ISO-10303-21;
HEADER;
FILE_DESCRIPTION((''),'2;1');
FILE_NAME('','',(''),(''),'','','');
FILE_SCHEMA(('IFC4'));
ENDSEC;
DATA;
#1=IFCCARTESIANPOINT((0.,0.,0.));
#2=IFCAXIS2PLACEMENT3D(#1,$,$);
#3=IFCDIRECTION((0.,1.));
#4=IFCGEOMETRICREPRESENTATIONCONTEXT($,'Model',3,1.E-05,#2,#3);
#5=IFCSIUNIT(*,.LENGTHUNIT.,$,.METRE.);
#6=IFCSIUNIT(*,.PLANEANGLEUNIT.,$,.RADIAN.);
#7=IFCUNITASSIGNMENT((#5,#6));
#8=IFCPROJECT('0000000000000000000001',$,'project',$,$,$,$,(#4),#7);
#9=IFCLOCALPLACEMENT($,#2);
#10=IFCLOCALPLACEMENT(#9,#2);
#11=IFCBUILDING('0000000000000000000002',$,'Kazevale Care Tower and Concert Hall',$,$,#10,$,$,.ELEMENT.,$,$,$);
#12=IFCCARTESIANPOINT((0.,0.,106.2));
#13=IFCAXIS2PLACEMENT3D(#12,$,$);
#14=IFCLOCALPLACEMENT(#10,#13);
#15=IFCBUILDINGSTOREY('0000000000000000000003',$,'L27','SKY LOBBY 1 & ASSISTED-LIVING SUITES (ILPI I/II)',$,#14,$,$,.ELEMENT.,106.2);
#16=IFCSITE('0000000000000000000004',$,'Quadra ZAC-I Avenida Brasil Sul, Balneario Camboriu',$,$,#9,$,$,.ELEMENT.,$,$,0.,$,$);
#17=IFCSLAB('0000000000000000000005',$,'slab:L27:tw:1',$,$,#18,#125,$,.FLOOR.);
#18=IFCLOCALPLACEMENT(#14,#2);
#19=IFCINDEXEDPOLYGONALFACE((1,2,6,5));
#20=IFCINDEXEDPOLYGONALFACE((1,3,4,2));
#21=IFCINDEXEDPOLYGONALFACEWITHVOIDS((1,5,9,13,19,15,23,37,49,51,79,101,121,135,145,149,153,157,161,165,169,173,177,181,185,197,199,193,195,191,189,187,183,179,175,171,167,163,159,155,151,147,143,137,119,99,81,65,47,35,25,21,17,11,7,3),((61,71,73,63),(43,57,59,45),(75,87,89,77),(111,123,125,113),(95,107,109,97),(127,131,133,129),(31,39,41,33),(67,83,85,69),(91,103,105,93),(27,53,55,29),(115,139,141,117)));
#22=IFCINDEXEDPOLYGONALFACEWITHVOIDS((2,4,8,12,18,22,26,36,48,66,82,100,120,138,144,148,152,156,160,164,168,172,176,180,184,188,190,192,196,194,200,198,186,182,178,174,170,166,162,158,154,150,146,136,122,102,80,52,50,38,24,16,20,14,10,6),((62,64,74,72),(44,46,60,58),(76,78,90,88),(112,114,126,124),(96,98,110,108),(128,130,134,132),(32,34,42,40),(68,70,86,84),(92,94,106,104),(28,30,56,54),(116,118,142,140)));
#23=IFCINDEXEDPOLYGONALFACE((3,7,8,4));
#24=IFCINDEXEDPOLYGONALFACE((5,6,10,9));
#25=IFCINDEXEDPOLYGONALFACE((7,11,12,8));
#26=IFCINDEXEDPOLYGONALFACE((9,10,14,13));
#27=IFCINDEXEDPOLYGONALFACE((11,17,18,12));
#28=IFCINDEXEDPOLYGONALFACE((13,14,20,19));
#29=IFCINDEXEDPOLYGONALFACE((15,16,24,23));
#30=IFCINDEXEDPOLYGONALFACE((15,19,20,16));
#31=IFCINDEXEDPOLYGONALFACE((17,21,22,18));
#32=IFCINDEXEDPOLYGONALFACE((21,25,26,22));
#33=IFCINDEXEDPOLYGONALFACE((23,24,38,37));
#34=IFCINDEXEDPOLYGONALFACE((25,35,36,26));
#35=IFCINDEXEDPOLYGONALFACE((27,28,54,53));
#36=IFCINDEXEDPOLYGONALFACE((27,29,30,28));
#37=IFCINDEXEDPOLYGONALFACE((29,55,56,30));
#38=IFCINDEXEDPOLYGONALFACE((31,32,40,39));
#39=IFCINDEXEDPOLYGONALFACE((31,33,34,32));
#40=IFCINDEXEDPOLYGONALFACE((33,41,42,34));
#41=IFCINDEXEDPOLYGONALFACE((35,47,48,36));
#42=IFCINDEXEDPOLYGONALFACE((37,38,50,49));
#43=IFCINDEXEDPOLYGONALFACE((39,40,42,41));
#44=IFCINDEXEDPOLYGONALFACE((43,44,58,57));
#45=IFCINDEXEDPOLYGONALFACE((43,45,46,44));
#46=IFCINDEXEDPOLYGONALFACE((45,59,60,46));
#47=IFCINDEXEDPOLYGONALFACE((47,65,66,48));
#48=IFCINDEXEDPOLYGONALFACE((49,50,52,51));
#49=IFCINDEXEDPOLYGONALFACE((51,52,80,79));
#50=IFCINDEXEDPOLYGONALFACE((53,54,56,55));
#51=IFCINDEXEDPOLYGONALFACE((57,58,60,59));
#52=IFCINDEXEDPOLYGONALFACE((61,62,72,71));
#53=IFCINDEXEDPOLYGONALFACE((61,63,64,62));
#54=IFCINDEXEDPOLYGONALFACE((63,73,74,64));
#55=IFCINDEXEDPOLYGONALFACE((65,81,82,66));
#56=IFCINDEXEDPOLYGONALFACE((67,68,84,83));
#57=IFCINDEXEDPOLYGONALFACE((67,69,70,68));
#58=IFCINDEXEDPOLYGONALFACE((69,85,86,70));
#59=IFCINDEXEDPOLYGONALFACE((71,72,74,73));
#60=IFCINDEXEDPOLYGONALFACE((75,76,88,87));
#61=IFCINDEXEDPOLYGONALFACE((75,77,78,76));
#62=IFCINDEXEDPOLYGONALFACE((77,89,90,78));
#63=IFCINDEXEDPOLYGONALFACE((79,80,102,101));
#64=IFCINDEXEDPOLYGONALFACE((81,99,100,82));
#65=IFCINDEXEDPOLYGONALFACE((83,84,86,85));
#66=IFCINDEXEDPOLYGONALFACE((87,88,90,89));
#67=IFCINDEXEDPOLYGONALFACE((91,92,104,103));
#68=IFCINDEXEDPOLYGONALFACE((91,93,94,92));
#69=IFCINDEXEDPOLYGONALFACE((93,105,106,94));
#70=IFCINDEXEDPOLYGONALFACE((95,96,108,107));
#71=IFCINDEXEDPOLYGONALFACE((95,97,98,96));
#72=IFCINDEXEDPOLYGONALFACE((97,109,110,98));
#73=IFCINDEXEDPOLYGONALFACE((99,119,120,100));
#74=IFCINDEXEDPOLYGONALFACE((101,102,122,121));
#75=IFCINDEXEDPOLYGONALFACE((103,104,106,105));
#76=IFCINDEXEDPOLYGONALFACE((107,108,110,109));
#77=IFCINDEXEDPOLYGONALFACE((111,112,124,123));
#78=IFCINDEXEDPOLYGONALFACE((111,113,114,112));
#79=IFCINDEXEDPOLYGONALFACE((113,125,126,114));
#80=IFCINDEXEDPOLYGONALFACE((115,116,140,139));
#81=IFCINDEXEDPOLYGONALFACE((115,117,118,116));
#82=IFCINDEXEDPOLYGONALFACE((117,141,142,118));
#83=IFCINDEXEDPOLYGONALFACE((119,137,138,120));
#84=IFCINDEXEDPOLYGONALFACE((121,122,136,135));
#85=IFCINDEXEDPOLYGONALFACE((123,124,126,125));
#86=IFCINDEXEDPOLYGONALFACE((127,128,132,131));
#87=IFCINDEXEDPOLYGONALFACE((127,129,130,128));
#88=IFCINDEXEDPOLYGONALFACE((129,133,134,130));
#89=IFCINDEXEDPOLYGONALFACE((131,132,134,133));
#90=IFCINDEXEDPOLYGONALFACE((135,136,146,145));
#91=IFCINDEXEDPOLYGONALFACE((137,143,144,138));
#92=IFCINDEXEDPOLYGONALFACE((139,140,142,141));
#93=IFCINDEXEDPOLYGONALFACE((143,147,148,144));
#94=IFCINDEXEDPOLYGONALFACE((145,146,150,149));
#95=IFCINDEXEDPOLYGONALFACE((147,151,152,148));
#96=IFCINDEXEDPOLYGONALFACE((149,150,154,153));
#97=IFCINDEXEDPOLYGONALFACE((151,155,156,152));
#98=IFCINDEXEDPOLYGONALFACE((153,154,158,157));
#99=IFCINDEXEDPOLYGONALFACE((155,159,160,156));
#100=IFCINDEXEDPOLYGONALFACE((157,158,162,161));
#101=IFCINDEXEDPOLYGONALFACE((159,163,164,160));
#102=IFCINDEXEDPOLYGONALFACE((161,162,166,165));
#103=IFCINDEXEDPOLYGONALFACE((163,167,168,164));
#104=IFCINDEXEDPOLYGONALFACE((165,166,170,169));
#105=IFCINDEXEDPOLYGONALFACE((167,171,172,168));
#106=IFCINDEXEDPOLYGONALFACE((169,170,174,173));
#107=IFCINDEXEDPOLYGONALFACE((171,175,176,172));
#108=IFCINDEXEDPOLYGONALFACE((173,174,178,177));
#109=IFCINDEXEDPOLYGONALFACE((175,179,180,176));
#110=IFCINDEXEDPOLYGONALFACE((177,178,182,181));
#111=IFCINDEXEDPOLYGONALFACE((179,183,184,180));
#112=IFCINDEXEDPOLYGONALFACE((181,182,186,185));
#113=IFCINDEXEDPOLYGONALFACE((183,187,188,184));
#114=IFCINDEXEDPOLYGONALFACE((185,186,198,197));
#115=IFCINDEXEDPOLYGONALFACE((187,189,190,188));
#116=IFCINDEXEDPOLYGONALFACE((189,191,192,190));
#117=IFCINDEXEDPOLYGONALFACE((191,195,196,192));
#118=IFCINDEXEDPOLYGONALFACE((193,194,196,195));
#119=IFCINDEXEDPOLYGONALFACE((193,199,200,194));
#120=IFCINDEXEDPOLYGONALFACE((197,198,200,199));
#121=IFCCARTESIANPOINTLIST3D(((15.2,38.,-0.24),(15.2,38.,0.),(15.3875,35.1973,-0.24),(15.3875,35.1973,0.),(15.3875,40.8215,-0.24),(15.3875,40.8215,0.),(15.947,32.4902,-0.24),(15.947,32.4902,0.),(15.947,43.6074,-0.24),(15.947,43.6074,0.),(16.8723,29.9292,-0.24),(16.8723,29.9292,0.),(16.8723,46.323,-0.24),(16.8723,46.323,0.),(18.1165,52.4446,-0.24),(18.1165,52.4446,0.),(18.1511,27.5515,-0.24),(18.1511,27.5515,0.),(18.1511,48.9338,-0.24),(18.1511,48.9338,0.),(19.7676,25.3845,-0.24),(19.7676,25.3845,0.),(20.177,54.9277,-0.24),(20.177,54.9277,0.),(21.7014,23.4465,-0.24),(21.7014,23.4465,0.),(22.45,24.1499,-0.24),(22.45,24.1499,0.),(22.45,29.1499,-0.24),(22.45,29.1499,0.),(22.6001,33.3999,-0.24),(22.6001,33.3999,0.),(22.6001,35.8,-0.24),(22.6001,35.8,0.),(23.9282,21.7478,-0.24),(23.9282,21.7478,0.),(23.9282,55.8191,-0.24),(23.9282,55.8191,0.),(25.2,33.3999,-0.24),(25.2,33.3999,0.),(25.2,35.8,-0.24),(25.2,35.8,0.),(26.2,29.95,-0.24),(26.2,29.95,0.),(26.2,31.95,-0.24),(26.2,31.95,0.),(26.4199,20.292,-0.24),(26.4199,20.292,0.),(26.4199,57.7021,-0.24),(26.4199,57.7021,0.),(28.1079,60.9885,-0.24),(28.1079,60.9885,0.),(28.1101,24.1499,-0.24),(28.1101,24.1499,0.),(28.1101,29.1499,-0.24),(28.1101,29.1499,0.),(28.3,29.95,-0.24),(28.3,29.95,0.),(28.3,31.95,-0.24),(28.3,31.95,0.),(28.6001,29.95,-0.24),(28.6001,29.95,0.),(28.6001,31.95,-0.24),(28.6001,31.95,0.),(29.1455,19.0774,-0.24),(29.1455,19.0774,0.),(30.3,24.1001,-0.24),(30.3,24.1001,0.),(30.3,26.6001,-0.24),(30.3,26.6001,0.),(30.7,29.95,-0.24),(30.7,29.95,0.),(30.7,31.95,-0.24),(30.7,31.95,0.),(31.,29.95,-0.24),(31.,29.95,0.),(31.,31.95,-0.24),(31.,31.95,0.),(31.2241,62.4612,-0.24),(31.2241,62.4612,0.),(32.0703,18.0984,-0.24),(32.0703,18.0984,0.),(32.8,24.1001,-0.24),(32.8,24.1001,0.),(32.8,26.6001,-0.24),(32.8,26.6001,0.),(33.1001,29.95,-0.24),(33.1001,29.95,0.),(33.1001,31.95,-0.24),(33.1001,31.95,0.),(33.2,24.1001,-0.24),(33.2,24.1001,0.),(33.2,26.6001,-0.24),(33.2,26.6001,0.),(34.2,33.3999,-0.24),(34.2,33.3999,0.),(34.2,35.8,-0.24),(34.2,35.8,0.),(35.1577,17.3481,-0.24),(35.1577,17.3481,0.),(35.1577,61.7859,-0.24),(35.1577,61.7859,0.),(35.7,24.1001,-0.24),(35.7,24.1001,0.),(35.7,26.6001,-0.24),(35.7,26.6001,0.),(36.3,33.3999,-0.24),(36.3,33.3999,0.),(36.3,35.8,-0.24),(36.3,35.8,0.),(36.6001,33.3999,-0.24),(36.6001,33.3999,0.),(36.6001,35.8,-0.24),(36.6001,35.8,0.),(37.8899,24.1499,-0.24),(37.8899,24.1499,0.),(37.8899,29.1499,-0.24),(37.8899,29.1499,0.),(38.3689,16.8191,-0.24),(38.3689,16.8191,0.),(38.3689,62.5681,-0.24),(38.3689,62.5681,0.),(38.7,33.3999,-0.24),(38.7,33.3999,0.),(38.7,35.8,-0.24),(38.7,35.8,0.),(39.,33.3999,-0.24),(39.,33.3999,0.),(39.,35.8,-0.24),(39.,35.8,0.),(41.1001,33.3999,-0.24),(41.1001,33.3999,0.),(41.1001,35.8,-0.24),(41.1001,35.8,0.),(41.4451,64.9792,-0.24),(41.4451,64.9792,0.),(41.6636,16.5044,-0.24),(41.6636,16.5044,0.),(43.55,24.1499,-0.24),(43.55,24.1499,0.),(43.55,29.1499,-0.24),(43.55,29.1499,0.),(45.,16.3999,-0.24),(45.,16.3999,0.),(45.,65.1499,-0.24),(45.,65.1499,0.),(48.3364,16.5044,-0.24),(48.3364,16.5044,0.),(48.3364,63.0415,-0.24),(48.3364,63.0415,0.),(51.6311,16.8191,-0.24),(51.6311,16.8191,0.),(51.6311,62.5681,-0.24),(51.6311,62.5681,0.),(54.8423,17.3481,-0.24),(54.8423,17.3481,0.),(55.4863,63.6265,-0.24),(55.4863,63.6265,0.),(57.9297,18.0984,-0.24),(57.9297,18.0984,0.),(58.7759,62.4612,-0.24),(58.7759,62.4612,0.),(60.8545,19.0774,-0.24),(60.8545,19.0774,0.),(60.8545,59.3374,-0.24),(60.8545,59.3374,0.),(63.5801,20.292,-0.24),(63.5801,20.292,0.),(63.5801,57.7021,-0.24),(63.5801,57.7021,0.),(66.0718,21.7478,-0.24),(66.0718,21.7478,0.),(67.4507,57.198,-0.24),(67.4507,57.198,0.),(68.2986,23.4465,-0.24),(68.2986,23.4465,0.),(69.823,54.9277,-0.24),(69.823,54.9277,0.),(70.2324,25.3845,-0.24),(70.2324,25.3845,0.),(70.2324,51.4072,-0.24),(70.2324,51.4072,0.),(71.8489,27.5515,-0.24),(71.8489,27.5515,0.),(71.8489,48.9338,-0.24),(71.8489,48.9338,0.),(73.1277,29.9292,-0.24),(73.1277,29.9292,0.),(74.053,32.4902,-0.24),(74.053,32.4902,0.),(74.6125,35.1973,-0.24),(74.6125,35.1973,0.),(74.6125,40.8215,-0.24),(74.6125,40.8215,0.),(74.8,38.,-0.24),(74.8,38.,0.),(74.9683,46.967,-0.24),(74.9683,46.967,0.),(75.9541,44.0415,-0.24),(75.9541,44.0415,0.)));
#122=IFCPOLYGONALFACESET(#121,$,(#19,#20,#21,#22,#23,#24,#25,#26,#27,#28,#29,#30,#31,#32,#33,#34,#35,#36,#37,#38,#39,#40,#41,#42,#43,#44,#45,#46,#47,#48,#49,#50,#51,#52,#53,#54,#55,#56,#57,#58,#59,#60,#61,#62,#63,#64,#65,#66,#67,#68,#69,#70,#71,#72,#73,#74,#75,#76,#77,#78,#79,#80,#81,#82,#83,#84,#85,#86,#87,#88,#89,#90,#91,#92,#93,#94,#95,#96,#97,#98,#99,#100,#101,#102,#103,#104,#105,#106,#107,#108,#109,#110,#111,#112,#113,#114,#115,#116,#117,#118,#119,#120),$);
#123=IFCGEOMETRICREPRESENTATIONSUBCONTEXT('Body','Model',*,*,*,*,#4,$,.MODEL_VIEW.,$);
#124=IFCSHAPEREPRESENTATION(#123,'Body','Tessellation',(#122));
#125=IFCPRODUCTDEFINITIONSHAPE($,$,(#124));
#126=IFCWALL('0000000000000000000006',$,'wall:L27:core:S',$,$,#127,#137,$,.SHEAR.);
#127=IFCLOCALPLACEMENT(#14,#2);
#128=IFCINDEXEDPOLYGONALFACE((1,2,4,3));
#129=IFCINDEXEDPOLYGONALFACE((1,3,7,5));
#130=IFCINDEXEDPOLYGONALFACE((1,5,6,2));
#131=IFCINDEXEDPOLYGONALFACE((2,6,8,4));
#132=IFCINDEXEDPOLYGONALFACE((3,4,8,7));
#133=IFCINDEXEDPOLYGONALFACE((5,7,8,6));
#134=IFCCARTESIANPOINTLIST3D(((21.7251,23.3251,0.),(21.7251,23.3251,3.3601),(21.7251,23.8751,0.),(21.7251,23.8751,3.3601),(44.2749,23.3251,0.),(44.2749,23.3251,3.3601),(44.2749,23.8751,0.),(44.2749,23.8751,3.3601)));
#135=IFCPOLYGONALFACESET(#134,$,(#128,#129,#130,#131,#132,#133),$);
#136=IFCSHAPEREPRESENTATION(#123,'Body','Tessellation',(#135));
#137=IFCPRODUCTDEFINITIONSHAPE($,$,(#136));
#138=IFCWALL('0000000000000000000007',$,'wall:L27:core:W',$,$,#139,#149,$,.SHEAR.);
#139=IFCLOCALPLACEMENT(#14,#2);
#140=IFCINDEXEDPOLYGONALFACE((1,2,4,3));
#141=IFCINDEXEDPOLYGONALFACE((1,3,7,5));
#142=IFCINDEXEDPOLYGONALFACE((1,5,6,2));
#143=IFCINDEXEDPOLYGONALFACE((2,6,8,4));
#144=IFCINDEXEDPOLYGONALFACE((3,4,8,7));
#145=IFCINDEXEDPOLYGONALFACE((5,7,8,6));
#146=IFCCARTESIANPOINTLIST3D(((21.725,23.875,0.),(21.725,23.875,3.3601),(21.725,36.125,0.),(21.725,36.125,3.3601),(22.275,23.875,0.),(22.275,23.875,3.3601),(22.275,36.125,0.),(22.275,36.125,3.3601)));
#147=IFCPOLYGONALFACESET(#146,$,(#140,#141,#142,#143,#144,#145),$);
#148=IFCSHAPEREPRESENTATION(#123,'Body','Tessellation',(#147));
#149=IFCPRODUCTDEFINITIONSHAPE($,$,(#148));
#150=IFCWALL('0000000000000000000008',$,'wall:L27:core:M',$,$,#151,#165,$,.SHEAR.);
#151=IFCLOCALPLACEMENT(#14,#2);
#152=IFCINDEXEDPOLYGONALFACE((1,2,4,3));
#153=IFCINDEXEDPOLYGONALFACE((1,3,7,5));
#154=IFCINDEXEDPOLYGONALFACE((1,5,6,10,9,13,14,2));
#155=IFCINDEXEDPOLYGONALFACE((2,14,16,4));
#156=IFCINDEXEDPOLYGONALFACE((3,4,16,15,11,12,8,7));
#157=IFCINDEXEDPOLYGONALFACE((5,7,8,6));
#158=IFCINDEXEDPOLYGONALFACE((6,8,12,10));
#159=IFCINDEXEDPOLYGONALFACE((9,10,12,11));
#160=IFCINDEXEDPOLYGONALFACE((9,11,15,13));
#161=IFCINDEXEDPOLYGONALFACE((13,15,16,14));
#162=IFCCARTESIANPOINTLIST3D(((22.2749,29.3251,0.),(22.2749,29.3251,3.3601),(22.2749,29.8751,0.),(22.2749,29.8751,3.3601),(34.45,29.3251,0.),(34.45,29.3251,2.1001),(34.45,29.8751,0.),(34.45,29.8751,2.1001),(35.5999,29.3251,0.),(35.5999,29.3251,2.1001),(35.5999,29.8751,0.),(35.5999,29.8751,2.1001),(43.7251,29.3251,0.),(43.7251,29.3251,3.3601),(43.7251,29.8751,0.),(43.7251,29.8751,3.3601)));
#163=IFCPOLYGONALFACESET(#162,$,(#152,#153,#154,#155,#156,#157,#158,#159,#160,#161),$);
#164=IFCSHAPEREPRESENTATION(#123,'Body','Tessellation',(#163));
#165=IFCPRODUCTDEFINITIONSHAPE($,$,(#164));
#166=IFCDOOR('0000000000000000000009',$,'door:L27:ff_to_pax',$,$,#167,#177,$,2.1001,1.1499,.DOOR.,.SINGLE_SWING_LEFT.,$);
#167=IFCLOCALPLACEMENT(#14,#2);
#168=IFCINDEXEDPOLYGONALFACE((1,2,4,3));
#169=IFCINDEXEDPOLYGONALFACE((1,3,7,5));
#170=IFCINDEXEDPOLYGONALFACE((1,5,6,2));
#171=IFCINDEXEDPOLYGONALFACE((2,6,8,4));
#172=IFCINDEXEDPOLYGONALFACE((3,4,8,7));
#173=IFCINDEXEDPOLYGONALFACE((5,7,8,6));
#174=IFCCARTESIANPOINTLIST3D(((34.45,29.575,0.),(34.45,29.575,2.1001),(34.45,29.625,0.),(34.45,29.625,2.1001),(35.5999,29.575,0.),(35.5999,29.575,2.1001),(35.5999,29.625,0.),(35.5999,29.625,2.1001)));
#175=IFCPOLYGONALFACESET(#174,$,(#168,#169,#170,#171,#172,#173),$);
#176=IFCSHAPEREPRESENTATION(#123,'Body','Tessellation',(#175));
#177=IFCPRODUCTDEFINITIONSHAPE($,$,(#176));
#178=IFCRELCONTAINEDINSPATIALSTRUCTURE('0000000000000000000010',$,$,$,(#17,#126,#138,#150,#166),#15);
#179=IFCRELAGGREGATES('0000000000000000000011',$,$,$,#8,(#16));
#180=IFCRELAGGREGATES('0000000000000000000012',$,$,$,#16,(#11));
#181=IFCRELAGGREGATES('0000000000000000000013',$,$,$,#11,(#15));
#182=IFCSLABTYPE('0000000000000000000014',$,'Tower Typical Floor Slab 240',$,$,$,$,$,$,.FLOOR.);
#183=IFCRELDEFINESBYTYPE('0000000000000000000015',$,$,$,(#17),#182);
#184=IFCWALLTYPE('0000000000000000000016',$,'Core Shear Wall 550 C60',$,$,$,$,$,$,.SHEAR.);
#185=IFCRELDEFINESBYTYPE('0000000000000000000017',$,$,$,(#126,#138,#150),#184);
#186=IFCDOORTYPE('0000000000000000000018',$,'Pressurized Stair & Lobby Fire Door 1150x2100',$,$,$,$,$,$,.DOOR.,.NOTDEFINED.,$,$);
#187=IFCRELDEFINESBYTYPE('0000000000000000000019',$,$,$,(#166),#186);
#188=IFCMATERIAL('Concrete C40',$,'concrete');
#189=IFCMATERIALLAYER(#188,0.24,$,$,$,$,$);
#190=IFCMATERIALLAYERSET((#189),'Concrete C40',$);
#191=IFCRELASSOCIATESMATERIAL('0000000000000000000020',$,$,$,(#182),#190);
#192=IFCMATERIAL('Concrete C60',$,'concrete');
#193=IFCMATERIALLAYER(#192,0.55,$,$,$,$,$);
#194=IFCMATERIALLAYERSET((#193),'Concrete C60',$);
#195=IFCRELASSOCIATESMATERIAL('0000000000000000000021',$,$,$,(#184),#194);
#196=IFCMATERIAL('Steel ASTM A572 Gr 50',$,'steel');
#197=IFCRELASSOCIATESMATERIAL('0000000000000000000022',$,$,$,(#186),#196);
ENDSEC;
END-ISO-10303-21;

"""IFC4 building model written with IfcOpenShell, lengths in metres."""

from ifc_helpers import new_model, si_unit, direction, frame, frame_2d, origin, place, context, subcontext, project, spatial, polyline, rectangle, outline, extrude, material, layer, layer_set, type_object, element, fill, save


model = new_model("IFC4")

# Units and contexts
model_context = context("Model", 3, precision=1e-05, world=origin(), true_north=direction((0.0, 1.0)))
body_context = subcontext(model_context, "Body", "Model", "MODEL_VIEW")
ifc_project = project(units=[si_unit("LENGTHUNIT", "METRE"), si_unit("PLANEANGLEUNIT", "RADIAN")], contexts=[model_context])

# Site, building, storey
site_placement = place(None, origin())
site = spatial("IfcSite", under=ifc_project, at=site_placement, Name="Quadra ZAC-I Avenida Brasil Sul, Balneario Camboriu", CompositionType="ELEMENT", RefElevation=0.0)
building_placement = place(site_placement, origin())
building = spatial("IfcBuilding", under=site, at=building_placement, Name="Kazevale Care Tower and Concert Hall", CompositionType="ELEMENT")
storey_placement = place(building_placement, frame((0.0, 0.0, 106.2)))
storey = spatial("IfcBuildingStorey", under=building, at=storey_placement, Name="L27", Description="SKY LOBBY 1 & ASSISTED-LIVING SUITES (ILPI I/II)", CompositionType="ELEMENT", Elevation=106.2)

# Shared definitions
ifc_material_1 = material(Name="Concrete C60", Category="concrete")

# Shared definitions
ifc_material_2 = material(Name="Steel ASTM A572 Gr 50", Category="steel")

# Shared definitions
ifc_material_3 = material(Name="Concrete C40", Category="concrete")

# Slab
ifc_layer_1 = layer(ifc_material_3, 0.24)
ifc_layer_set_1 = layer_set([ifc_layer_1], Name="Concrete C40")
slab_type_1 = type_object("IfcSlabType", Name="Tower Typical Floor Slab 240", PredefinedType="FLOOR", material=ifc_layer_set_1)
slab_1_placement = place(storey_placement, frame((0.0, 0.0, -0.24)))
element("IfcSlab", 1, at=slab_1_placement, inside=storey, type_object=slab_type_1, Name="slab:L27:tw:1", PredefinedType="FLOOR", context=body_context, shape_type="SweptSolid", body=[
    extrude(outline(polyline([(74.8, 38.0), (74.6125, 40.8215), (75.9541, 44.0415), (74.9683, 46.967), (71.8489, 48.9338), (70.2324, 51.4072), (69.823, 54.9277), (67.4507, 57.198), (63.5801, 57.7021), (60.8545, 59.3374), (58.7759, 62.4612), (55.4863, 63.6265), (51.6311, 62.5681), (48.3364, 63.0415), (45.0, 65.1499), (41.4451, 64.9792), (38.3689, 62.5681), (35.1577, 61.7859), (31.2241, 62.4612), (28.1079, 60.9885), (26.4199, 57.7021), (23.9282, 55.8191), (20.177, 54.9277), (18.1165, 52.4446), (18.1511, 48.9338), (16.8723, 46.323), (15.947, 43.6074), (15.3875, 40.8215), (15.2, 38.0), (15.3875, 35.1973), (15.947, 32.4902), (16.8723, 29.9292), (18.1511, 27.5515), (19.7676, 25.3845), (21.7014, 23.4465), (23.9282, 21.7478), (26.4199, 20.292), (29.1455, 19.0774), (32.0703, 18.0984), (35.1577, 17.3481), (38.3689, 16.8191), (41.6636, 16.5044), (45.0, 16.3999), (48.3364, 16.5044), (51.6311, 16.8191), (54.8423, 17.3481), (57.9297, 18.0984), (60.8545, 19.0774), (63.5801, 20.292), (66.0718, 21.7478), (68.2986, 23.4465), (70.2324, 25.3845), (71.8489, 27.5515), (73.1277, 29.9292), (74.053, 32.4902), (74.6125, 35.1973), (74.8, 38.0)]), holes=[polyline([(22.45, 24.1499), (28.1101, 24.1499), (28.1101, 29.1499), (22.45, 29.1499), (22.45, 24.1499)]), polyline([(37.8899, 24.1499), (43.55, 24.1499), (43.55, 29.1499), (37.8899, 29.1499), (37.8899, 24.1499)]), polyline([(30.3, 24.1001), (32.8, 24.1001), (32.8, 26.6001), (30.3, 26.6001), (30.3, 24.1001)]), polyline([(33.2, 24.1001), (35.7, 24.1001), (35.7, 26.6001), (33.2, 26.6001), (33.2, 24.1001)]), polyline([(22.6001, 33.3999), (25.2, 33.3999), (25.2, 35.8), (22.6001, 35.8), (22.6001, 33.3999)]), polyline([(34.2, 33.3999), (36.3, 33.3999), (36.3, 35.8), (34.2, 35.8), (34.2, 33.3999)]), polyline([(36.6001, 33.3999), (38.7, 33.3999), (38.7, 35.8), (36.6001, 35.8), (36.6001, 33.3999)]), polyline([(39.0, 33.3999), (41.1001, 33.3999), (41.1001, 35.8), (39.0, 35.8), (39.0, 33.3999)]), polyline([(26.2, 29.95), (28.3, 29.95), (28.3, 31.95), (26.2, 31.95), (26.2, 29.95)]), polyline([(28.6001, 29.95), (30.7, 29.95), (30.7, 31.95), (28.6001, 31.95), (28.6001, 29.95)]), polyline([(31.0, 29.95), (33.1001, 29.95), (33.1001, 31.95), (31.0, 31.95), (31.0, 29.95)])]), origin(), (0.0, 0.0, 1.0), 0.24),
])

# Walls
ifc_layer_2 = layer(ifc_material_1, 0.55)
ifc_layer_set_2 = layer_set([ifc_layer_2], Name="Concrete C60")
wall_type_1 = type_object("IfcWallType", Name="Core Shear Wall 550 C60", PredefinedType="SHEAR", material=ifc_layer_set_2)
wall_1_placement = place(storey_placement, frame((21.7251, 23.6001, 0.0), z_axis=(0.0, 0.0, 1.0), x_axis=(1.0, 0.0, 0.0)))
element("IfcWall", 2, at=wall_1_placement, inside=storey, type_object=wall_type_1, Name="wall:L27:core:S", PredefinedType="SHEAR", context=body_context, shape_type="SweptSolid", body=[
    extrude(rectangle(XDim=22.5498, YDim=0.55, at=frame_2d((11.2749, 0.0))), origin(), (0.0, 0.0, 1.0), 3.3601),
])
wall_2_placement = place(storey_placement, frame((22.0, 23.875, 0.0), z_axis=(0.0, 0.0, 1.0), x_axis=(0.0, 1.0, 0.0)))
element("IfcWall", 3, at=wall_2_placement, inside=storey, type_object=wall_type_1, Name="wall:L27:core:W", PredefinedType="SHEAR", context=body_context, shape_type="SweptSolid", body=[
    extrude(rectangle(XDim=12.25, YDim=0.55, at=frame_2d((6.125, 0.0))), origin(), (0.0, 0.0, 1.0), 3.3601),
])

# Wall, opening, door
wall_3_placement = place(storey_placement, frame((22.2749, 29.6001, 0.0), z_axis=(0.0, 0.0, 1.0), x_axis=(1.0, 0.0, 0.0)))
wall_3 = element("IfcWall", 4, at=wall_3_placement, inside=storey, type_object=wall_type_1, Name="wall:L27:core:M", PredefinedType="SHEAR", context=body_context, shape_type="SweptSolid", body=[
    extrude(rectangle(XDim=21.4502, YDim=0.55, at=frame_2d((10.7251, 0.0))), origin(), (0.0, 0.0, 1.0), 3.3601),
])
opening_1_placement = place(wall_3_placement, frame((12.175, 0.0, 0.0)))
opening_1 = element("IfcOpeningElement", 5, at=opening_1_placement, cuts=wall_3, PredefinedType="OPENING", context=body_context, shape_type="SweptSolid", body=[
    extrude(rectangle(XDim=1.1499, YDim=2.1001, at=frame_2d((0.575, 1.05))), frame((0.0, 0.2849, 0.0), z_axis=(0.0, -1.0, 0.0), x_axis=(1.0, 0.0, 0.0)), (0.0, 0.0, 1.0), 0.5701),
])
door_type_1 = type_object("IfcDoorType", Name="Pressurized Stair & Lobby Fire Door 1150x2100", OperationType="NOTDEFINED", PredefinedType="DOOR", material=ifc_material_2)
door_1_placement = place(opening_1_placement, origin())
door_1 = element("IfcDoor", 6, at=door_1_placement, inside=storey, type_object=door_type_1, Name="door:L27:ff_to_pax", OperationType="SINGLE_SWING_LEFT", OverallHeight=2.1001, OverallWidth=1.1499, PredefinedType="DOOR", context=body_context, shape_type="SweptSolid", body=[
    extrude(rectangle(XDim=1.1499, YDim=2.1001, at=frame_2d((0.575, 1.05))), frame((0.0, 0.0249, 0.0), z_axis=(0.0, -1.0, 0.0), x_axis=(1.0, 0.0, 0.0)), (0.0, 0.0, 1.0), 0.05),
])
fill(opening_1, door_1)

save(model, "model.ifc")
